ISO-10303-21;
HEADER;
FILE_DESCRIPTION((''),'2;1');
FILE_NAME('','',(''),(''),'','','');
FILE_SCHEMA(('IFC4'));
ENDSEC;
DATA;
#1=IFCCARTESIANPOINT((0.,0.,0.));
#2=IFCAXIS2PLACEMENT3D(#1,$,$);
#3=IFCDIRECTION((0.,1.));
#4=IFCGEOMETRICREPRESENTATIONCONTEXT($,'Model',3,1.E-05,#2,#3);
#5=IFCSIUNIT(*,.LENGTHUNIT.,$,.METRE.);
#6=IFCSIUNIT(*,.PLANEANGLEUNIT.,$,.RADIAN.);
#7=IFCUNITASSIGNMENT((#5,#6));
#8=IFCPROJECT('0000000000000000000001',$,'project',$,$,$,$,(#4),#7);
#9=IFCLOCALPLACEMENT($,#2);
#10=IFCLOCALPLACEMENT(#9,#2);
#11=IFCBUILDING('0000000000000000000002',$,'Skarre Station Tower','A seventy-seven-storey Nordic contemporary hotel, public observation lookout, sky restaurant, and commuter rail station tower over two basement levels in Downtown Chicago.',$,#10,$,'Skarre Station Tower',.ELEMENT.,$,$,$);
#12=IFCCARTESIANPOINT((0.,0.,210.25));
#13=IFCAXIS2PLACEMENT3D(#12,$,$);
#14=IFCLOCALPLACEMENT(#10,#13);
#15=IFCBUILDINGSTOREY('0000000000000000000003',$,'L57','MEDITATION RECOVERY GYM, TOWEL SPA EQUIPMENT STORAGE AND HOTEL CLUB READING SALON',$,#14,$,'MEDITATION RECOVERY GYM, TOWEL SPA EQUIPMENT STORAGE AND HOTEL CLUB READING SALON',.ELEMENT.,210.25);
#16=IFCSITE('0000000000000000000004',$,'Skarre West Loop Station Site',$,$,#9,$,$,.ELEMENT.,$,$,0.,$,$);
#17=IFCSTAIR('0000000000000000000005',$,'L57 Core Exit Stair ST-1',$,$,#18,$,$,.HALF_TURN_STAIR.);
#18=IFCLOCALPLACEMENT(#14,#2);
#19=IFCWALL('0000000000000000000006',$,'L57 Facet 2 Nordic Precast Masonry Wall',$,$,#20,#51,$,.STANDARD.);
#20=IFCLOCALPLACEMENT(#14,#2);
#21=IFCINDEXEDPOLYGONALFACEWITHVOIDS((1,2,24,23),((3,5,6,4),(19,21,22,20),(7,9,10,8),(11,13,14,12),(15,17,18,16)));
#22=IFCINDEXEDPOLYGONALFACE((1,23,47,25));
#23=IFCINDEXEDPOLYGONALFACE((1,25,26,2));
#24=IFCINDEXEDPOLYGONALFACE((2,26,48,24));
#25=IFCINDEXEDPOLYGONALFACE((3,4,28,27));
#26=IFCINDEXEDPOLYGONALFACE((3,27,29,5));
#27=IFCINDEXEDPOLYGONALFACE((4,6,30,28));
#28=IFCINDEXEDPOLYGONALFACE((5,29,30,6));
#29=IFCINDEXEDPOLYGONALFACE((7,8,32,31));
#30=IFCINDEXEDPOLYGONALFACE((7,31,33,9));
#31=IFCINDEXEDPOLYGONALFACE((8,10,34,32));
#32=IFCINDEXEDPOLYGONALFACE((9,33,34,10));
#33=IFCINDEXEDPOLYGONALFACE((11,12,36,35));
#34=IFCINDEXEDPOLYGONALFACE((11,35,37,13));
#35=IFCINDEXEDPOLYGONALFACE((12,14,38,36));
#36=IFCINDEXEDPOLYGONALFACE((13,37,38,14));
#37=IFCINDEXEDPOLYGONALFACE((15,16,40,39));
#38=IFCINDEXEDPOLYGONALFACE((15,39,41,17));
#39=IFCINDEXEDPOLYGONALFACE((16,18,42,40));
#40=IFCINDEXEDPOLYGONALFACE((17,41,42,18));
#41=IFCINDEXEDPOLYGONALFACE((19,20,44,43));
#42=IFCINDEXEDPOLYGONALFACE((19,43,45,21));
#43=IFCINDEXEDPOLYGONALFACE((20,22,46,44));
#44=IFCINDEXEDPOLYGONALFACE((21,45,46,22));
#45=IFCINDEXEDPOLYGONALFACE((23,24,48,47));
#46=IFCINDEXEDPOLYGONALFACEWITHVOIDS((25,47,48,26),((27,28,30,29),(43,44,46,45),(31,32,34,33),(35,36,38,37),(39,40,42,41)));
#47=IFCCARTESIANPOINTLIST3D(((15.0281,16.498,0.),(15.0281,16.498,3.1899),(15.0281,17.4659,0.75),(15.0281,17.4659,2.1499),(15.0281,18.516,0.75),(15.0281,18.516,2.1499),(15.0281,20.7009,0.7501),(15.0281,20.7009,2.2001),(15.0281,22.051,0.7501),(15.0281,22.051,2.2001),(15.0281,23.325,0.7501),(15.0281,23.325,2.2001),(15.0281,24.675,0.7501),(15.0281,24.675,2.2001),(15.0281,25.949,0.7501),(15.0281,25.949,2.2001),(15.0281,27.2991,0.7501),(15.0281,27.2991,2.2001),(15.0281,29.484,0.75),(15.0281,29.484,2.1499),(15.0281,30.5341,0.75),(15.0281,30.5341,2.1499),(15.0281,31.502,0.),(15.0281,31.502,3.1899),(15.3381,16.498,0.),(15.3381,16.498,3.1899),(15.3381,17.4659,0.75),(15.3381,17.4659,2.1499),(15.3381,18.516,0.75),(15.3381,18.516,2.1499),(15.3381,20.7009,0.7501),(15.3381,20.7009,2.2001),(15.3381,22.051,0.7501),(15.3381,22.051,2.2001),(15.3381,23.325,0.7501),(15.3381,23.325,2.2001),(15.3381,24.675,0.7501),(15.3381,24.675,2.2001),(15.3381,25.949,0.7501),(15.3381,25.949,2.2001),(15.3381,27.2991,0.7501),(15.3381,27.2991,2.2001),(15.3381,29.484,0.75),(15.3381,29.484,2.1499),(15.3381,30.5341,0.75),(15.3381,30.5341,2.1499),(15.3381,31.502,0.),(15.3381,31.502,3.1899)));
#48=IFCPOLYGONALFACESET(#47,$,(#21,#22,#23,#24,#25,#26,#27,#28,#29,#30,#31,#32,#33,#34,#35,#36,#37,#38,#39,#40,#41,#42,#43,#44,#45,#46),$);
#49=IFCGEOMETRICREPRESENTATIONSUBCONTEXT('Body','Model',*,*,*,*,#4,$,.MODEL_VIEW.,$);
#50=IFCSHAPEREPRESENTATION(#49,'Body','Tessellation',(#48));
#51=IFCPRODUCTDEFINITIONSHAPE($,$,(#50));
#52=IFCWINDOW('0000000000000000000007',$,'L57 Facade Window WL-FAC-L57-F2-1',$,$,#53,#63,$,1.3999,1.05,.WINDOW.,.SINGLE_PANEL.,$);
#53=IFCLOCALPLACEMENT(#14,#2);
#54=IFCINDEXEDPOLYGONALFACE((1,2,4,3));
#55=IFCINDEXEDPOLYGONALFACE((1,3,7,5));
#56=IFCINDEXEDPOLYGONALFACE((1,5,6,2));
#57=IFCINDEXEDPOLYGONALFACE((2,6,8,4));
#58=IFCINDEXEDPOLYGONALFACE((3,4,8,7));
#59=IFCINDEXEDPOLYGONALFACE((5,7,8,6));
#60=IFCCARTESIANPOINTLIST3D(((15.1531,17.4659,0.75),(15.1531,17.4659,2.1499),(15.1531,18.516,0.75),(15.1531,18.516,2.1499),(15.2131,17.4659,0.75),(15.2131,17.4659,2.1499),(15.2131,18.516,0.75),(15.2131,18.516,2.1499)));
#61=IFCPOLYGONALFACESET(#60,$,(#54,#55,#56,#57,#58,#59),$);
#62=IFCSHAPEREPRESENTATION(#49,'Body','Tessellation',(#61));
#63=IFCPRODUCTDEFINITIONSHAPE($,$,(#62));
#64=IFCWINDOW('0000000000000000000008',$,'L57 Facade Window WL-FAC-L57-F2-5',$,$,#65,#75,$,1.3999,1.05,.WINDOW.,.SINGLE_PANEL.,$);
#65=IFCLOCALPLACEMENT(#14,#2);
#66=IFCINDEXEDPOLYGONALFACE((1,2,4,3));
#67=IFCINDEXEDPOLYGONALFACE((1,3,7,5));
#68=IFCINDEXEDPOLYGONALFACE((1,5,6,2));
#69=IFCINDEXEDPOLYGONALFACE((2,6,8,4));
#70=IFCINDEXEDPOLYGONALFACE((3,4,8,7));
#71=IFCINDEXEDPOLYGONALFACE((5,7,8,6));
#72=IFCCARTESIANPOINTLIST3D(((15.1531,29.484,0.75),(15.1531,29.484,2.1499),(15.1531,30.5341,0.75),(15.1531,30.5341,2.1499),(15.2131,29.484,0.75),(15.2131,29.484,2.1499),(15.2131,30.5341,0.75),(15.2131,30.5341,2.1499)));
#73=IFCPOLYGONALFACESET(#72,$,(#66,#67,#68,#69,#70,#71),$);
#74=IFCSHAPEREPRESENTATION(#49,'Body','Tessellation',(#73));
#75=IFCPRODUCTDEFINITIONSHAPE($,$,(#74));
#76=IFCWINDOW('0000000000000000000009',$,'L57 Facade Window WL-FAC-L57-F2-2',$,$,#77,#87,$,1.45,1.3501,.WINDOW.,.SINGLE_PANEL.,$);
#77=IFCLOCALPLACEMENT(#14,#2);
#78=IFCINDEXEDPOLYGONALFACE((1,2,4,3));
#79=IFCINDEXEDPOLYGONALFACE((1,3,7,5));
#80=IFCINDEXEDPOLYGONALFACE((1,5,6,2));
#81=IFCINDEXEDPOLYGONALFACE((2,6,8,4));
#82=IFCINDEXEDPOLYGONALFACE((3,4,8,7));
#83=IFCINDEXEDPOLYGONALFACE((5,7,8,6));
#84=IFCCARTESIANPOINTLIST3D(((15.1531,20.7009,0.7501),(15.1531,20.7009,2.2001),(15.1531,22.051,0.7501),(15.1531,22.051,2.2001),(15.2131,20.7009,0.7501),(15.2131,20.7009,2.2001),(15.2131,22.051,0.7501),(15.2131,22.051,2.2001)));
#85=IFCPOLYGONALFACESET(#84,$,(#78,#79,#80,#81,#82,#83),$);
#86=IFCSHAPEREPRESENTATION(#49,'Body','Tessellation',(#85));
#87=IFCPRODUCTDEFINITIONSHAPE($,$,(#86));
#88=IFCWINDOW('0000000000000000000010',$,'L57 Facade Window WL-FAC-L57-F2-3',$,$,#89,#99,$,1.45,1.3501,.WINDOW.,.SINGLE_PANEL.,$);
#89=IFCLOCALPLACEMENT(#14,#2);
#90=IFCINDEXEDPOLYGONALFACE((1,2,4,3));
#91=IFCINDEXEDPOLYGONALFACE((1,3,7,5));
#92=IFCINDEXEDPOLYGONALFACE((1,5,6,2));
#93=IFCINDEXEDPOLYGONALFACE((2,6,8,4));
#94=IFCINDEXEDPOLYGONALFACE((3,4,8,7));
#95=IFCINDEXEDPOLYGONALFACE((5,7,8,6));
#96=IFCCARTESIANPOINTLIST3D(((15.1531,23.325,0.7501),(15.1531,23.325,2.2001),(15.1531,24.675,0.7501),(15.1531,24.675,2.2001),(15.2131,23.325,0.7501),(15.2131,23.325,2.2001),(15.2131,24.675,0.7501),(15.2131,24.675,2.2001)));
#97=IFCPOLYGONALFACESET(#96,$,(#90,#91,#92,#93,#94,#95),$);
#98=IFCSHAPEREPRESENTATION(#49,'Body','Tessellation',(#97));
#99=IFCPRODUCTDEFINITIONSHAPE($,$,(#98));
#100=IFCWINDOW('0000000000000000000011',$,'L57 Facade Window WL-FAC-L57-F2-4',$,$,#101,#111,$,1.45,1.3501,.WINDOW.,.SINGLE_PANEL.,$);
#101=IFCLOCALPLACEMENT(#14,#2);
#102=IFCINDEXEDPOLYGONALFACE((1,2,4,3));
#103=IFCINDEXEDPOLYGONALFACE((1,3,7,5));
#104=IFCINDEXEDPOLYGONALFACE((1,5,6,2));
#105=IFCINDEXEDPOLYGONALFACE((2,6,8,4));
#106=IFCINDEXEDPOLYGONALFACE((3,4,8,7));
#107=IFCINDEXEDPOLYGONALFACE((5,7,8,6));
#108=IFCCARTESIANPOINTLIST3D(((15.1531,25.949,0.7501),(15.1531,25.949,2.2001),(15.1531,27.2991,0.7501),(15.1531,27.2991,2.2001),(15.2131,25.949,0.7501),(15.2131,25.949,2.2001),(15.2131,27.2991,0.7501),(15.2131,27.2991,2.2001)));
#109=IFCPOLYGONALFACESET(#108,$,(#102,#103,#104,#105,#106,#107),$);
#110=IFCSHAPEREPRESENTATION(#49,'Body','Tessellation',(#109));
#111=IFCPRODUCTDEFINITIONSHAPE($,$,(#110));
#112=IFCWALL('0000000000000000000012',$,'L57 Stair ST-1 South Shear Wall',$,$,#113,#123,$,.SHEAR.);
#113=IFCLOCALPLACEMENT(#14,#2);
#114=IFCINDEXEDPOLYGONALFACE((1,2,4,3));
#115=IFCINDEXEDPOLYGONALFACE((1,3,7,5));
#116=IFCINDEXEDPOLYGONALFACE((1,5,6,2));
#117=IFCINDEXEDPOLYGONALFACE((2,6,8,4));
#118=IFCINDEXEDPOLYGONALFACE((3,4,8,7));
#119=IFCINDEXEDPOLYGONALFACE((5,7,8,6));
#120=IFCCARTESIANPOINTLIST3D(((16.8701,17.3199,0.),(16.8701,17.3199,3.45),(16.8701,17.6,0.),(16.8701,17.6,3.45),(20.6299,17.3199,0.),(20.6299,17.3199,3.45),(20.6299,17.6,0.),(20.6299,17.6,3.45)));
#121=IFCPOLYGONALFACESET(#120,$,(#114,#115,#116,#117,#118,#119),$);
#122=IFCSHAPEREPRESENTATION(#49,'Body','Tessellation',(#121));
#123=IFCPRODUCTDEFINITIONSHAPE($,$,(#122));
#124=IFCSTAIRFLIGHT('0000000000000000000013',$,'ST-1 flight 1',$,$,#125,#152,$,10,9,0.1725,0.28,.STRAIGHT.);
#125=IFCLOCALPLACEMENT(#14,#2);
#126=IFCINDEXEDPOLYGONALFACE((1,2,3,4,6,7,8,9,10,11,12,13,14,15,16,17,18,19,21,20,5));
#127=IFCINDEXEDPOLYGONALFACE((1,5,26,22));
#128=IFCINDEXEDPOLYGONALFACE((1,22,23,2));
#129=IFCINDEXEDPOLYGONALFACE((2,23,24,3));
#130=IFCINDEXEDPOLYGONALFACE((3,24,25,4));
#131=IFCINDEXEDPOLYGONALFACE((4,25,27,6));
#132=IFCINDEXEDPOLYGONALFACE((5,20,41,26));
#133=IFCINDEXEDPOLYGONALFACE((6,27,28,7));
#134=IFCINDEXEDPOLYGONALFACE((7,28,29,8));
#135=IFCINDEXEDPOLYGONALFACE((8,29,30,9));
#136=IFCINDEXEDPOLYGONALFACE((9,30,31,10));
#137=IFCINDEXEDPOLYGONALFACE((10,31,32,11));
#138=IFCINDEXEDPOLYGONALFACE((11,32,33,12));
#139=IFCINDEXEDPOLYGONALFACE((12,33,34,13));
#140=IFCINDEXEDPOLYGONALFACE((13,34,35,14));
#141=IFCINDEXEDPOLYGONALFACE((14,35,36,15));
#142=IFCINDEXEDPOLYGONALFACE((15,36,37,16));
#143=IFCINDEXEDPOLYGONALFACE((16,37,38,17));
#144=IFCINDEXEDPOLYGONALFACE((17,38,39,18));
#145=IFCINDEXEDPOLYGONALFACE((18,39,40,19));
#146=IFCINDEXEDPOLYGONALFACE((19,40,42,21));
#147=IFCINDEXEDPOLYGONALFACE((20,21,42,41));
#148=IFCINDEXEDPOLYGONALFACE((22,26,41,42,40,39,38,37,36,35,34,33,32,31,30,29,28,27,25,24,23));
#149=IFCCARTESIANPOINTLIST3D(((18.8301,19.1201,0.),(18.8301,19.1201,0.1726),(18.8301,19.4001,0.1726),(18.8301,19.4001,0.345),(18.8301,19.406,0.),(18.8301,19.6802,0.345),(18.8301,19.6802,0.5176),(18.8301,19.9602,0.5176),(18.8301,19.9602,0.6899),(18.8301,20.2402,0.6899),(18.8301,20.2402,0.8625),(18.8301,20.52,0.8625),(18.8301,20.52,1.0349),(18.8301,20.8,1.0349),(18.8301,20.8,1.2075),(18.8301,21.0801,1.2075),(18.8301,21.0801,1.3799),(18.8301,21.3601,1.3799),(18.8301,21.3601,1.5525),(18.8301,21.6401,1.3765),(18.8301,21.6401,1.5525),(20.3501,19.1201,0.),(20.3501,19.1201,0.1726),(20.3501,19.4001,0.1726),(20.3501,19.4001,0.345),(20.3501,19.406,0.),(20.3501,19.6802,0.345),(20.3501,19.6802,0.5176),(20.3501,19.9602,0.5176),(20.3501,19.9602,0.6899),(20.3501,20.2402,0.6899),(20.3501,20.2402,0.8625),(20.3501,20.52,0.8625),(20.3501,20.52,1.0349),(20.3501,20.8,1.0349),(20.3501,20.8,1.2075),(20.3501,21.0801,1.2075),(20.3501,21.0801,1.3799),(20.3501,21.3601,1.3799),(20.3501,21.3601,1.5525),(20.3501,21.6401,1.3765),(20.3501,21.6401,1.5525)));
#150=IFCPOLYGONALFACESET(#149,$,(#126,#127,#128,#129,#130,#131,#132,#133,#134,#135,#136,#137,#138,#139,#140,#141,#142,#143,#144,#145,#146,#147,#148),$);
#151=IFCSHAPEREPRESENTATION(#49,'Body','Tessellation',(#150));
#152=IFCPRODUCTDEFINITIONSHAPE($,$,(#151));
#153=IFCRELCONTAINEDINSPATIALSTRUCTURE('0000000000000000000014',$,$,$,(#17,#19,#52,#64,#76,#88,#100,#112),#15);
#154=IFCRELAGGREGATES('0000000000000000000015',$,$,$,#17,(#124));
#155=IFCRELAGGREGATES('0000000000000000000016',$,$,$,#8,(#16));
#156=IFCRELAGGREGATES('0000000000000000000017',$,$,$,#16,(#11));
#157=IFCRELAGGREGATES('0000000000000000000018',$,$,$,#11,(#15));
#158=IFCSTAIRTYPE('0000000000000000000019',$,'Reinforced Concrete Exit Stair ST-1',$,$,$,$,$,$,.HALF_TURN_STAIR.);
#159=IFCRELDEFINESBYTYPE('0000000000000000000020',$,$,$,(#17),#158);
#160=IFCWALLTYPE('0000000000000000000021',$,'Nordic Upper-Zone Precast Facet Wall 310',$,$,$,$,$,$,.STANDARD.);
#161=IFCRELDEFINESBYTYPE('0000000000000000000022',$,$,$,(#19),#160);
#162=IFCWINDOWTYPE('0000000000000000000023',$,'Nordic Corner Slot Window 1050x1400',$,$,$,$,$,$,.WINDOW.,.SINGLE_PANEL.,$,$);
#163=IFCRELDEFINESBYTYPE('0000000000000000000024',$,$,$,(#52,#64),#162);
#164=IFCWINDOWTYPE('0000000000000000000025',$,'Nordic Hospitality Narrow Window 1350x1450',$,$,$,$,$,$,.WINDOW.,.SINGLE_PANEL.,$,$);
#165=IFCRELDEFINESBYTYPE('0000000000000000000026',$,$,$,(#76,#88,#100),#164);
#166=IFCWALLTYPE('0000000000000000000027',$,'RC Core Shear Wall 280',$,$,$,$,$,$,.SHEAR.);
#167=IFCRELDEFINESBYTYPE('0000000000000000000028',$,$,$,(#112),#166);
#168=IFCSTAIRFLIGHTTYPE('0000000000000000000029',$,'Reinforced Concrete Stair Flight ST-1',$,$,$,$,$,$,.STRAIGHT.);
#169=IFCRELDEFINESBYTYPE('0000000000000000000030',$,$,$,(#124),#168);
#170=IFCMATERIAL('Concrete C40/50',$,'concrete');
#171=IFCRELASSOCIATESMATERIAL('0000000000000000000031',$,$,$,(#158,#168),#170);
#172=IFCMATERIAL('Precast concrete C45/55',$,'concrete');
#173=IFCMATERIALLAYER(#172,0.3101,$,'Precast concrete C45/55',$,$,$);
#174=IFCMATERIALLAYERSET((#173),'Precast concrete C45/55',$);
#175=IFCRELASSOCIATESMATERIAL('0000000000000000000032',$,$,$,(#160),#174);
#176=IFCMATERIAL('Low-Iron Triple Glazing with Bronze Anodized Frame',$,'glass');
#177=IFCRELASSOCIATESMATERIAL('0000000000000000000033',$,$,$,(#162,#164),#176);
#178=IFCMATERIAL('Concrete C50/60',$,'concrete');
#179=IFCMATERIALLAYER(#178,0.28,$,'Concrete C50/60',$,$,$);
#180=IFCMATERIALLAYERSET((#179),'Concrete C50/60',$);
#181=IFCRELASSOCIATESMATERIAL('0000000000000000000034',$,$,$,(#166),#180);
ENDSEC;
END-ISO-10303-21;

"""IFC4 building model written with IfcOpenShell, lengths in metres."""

from ifc_helpers import new_model, si_unit, direction, frame, frame_2d, origin, place, context, subcontext, project, spatial, polyline, rectangle, outline, extrude, material, layer, layer_set, type_object, element, fill, aggregate, save


model = new_model("IFC4")

# Units and contexts
model_context = context("Model", 3, precision=1e-05, world=origin(), true_north=direction((0.0, 1.0)))
body_context = subcontext(model_context, "Body", "Model", "MODEL_VIEW")
ifc_project = project(units=[si_unit("LENGTHUNIT", "METRE"), si_unit("PLANEANGLEUNIT", "RADIAN")], contexts=[model_context])

# Site, building, storey
site_placement = place(None, origin())
site = spatial("IfcSite", under=ifc_project, at=site_placement, Name="Skarre West Loop Station Site", CompositionType="ELEMENT", RefElevation=0.0)
building_placement = place(site_placement, origin())
building = spatial("IfcBuilding", under=site, at=building_placement, Name="Skarre Station Tower", Description="A seventy-seven-storey Nordic contemporary hotel, public observation lookout, sky restaurant, and commuter rail station tower over two basement levels in Downtown Chicago.", LongName="Skarre Station Tower", CompositionType="ELEMENT")
storey_placement = place(building_placement, frame((0.0, 0.0, 210.25)))
storey = spatial("IfcBuildingStorey", under=building, at=storey_placement, Name="L57", Description="MEDITATION RECOVERY GYM, TOWEL SPA EQUIPMENT STORAGE AND HOTEL CLUB READING SALON", LongName="MEDITATION RECOVERY GYM, TOWEL SPA EQUIPMENT STORAGE AND HOTEL CLUB READING SALON", CompositionType="ELEMENT", Elevation=210.25)

# Shared definitions
ifc_material_1 = material(Name="Concrete C50/60", Category="concrete")

# Stair
ifc_material_2 = material(Name="Concrete C40/50", Category="concrete")
stair_type_1 = type_object("IfcStairType", Name="Reinforced Concrete Exit Stair ST-1", PredefinedType="HALF_TURN_STAIR", material=ifc_material_2)
stair_1_placement = place(storey_placement, origin())
stair_1 = element("IfcStair", 1, at=stair_1_placement, inside=storey, type_object=stair_type_1, Name="L57 Core Exit Stair ST-1", PredefinedType="HALF_TURN_STAIR")

# Shared definitions
ifc_material_3 = material(Name="Precast concrete C45/55", Category="concrete")

# Wall, openings, windows
ifc_layer_1 = layer(ifc_material_3, 0.3101, Name="Precast concrete C45/55")
ifc_layer_set_1 = layer_set([ifc_layer_1], Name="Precast concrete C45/55")
wall_type_1 = type_object("IfcWallType", Name="Nordic Upper-Zone Precast Facet Wall 310", PredefinedType="STANDARD", material=ifc_layer_set_1)
wall_1_placement = place(storey_placement, frame((15.1831, 16.498, 0.0), z_axis=(0.0, 0.0, 1.0), x_axis=(0.0, 1.0, 0.0)))
wall_1 = element("IfcWall", 2, at=wall_1_placement, inside=storey, type_object=wall_type_1, Name="L57 Facet 2 Nordic Precast Masonry Wall", PredefinedType="STANDARD", context=body_context, shape_type="SweptSolid", body=[
    extrude(rectangle(XDim=15.0039, YDim=0.3101, at=frame_2d((7.502, 0.0))), origin(), (0.0, 0.0, 1.0), 3.1899),
])
opening_1_placement = place(wall_1_placement, frame((0.968, 0.0, 0.75)))
opening_1 = element("IfcOpeningElement", 3, at=opening_1_placement, cuts=wall_1, PredefinedType="OPENING", context=body_context, shape_type="SweptSolid", body=[
    extrude(rectangle(XDim=1.05, YDim=1.3999, at=frame_2d((0.5249, 0.7))), frame((0.0, 0.165, 0.0), z_axis=(0.0, -1.0, 0.0), x_axis=(1.0, 0.0, 0.0)), (0.0, 0.0, 1.0), 0.3301),
])
opening_2_placement = place(wall_1_placement, frame((4.2029, 0.0, 0.75)))
opening_2 = element("IfcOpeningElement", 4, at=opening_2_placement, cuts=wall_1, PredefinedType="OPENING", context=body_context, shape_type="SweptSolid", body=[
    extrude(rectangle(XDim=1.3501, YDim=1.45, at=frame_2d((0.675, 0.7251))), frame((0.0, 0.165, 0.0), z_axis=(0.0, -1.0, 0.0), x_axis=(1.0, 0.0, 0.0)), (0.0, 0.0, 1.0), 0.3301),
])
opening_3_placement = place(wall_1_placement, frame((6.8269, 0.0, 0.75)))
opening_3 = element("IfcOpeningElement", 5, at=opening_3_placement, cuts=wall_1, PredefinedType="OPENING", context=body_context, shape_type="SweptSolid", body=[
    extrude(rectangle(XDim=1.3501, YDim=1.45, at=frame_2d((0.675, 0.7251))), frame((0.0, 0.165, 0.0), z_axis=(0.0, -1.0, 0.0), x_axis=(1.0, 0.0, 0.0)), (0.0, 0.0, 1.0), 0.3301),
])
opening_4_placement = place(wall_1_placement, frame((9.4509, 0.0, 0.75)))
opening_4 = element("IfcOpeningElement", 6, at=opening_4_placement, cuts=wall_1, PredefinedType="OPENING", context=body_context, shape_type="SweptSolid", body=[
    extrude(rectangle(XDim=1.3501, YDim=1.45, at=frame_2d((0.675, 0.7251))), frame((0.0, 0.165, 0.0), z_axis=(0.0, -1.0, 0.0), x_axis=(1.0, 0.0, 0.0)), (0.0, 0.0, 1.0), 0.3301),
])
opening_5_placement = place(wall_1_placement, frame((12.9861, 0.0, 0.75)))
opening_5 = element("IfcOpeningElement", 7, at=opening_5_placement, cuts=wall_1, PredefinedType="OPENING", context=body_context, shape_type="SweptSolid", body=[
    extrude(rectangle(XDim=1.05, YDim=1.3999, at=frame_2d((0.5249, 0.7))), frame((0.0, 0.165, 0.0), z_axis=(0.0, -1.0, 0.0), x_axis=(1.0, 0.0, 0.0)), (0.0, 0.0, 1.0), 0.3301),
])
ifc_material_4 = material(Name="Low-Iron Triple Glazing with Bronze Anodized Frame", Category="glass")
window_type_1 = type_object("IfcWindowType", Name="Nordic Corner Slot Window 1050x1400", PartitioningType="SINGLE_PANEL", PredefinedType="WINDOW", material=ifc_material_4)
window_1_placement = place(opening_1_placement, origin())
window_1 = element("IfcWindow", 8, at=window_1_placement, inside=storey, type_object=window_type_1, Name="L57 Facade Window WL-FAC-L57-F2-1", OverallHeight=1.3999, OverallWidth=1.05, PartitioningType="SINGLE_PANEL", PredefinedType="WINDOW", context=body_context, shape_type="SweptSolid", body=[
    extrude(rectangle(XDim=1.05, YDim=1.3999, at=frame_2d((0.5249, 0.7))), frame((0.0, 0.03, 0.0), z_axis=(0.0, -1.0, 0.0), x_axis=(1.0, 0.0, 0.0)), (0.0, 0.0, 1.0), 0.0601),
])
fill(opening_1, window_1)
window_2_placement = place(opening_5_placement, origin())
window_2 = element("IfcWindow", 9, at=window_2_placement, inside=storey, type_object=window_type_1, Name="L57 Facade Window WL-FAC-L57-F2-5", OverallHeight=1.3999, OverallWidth=1.05, PartitioningType="SINGLE_PANEL", PredefinedType="WINDOW", context=body_context, shape_type="SweptSolid", body=[
    extrude(rectangle(XDim=1.05, YDim=1.3999, at=frame_2d((0.5249, 0.7))), frame((0.0, 0.03, 0.0), z_axis=(0.0, -1.0, 0.0), x_axis=(1.0, 0.0, 0.0)), (0.0, 0.0, 1.0), 0.0601),
])
fill(opening_5, window_2)
window_type_2 = type_object("IfcWindowType", Name="Nordic Hospitality Narrow Window 1350x1450", PartitioningType="SINGLE_PANEL", PredefinedType="WINDOW", material=ifc_material_4)
window_3_placement = place(opening_2_placement, origin())
window_3 = element("IfcWindow", 10, at=window_3_placement, inside=storey, type_object=window_type_2, Name="L57 Facade Window WL-FAC-L57-F2-2", OverallHeight=1.45, OverallWidth=1.3501, PartitioningType="SINGLE_PANEL", PredefinedType="WINDOW", context=body_context, shape_type="SweptSolid", body=[
    extrude(rectangle(XDim=1.3501, YDim=1.45, at=frame_2d((0.675, 0.7251))), frame((0.0, 0.03, 0.0), z_axis=(0.0, -1.0, 0.0), x_axis=(1.0, 0.0, 0.0)), (0.0, 0.0, 1.0), 0.0601),
])
fill(opening_2, window_3)
window_4_placement = place(opening_3_placement, origin())
window_4 = element("IfcWindow", 11, at=window_4_placement, inside=storey, type_object=window_type_2, Name="L57 Facade Window WL-FAC-L57-F2-3", OverallHeight=1.45, OverallWidth=1.3501, PartitioningType="SINGLE_PANEL", PredefinedType="WINDOW", context=body_context, shape_type="SweptSolid", body=[
    extrude(rectangle(XDim=1.3501, YDim=1.45, at=frame_2d((0.675, 0.7251))), frame((0.0, 0.03, 0.0), z_axis=(0.0, -1.0, 0.0), x_axis=(1.0, 0.0, 0.0)), (0.0, 0.0, 1.0), 0.0601),
])
fill(opening_3, window_4)
window_5_placement = place(opening_4_placement, origin())
window_5 = element("IfcWindow", 12, at=window_5_placement, inside=storey, type_object=window_type_2, Name="L57 Facade Window WL-FAC-L57-F2-4", OverallHeight=1.45, OverallWidth=1.3501, PartitioningType="SINGLE_PANEL", PredefinedType="WINDOW", context=body_context, shape_type="SweptSolid", body=[
    extrude(rectangle(XDim=1.3501, YDim=1.45, at=frame_2d((0.675, 0.7251))), frame((0.0, 0.03, 0.0), z_axis=(0.0, -1.0, 0.0), x_axis=(1.0, 0.0, 0.0)), (0.0, 0.0, 1.0), 0.0601),
])
fill(opening_4, window_5)

# Wall
ifc_layer_2 = layer(ifc_material_1, 0.28, Name="Concrete C50/60")
ifc_layer_set_2 = layer_set([ifc_layer_2], Name="Concrete C50/60")
wall_type_2 = type_object("IfcWallType", Name="RC Core Shear Wall 280", PredefinedType="SHEAR", material=ifc_layer_set_2)
wall_2_placement = place(storey_placement, frame((16.8701, 17.46, 0.0), z_axis=(0.0, 0.0, 1.0), x_axis=(1.0, 0.0, 0.0)))
element("IfcWall", 13, at=wall_2_placement, inside=storey, type_object=wall_type_2, Name="L57 Stair ST-1 South Shear Wall", PredefinedType="SHEAR", context=body_context, shape_type="SweptSolid", body=[
    extrude(rectangle(XDim=3.7598, YDim=0.28, at=frame_2d((1.8799, 0.0))), origin(), (0.0, 0.0, 1.0), 3.45),
])

# Stair flight
stair_flight_type = type_object("IfcStairFlightType", Name="Reinforced Concrete Stair Flight ST-1", PredefinedType="STRAIGHT", material=ifc_material_2)
stair_flight_placement = place(storey_placement, frame((19.5901, 19.1201, 0.0), z_axis=(0.0, 0.0, 1.0), x_axis=(0.0, 1.0, 0.0)))
stair_flight = element("IfcStairFlight", 14, at=stair_flight_placement, type_object=stair_flight_type, Name="ST-1 flight 1", NumberOfRisers=10, NumberOfTreads=9, PredefinedType="STRAIGHT", RiserHeight=0.1725, TreadLength=0.28, context=body_context, shape_type="SweptSolid", body=[
    extrude(outline(polyline([(0.0, 0.0), (0.0, 0.1726), (0.28, 0.1726), (0.28, 0.345), (0.5601, 0.345), (0.5601, 0.5176), (0.8401, 0.5176), (0.8401, 0.6899), (1.1201, 0.6899), (1.1201, 0.8625), (1.3999, 0.8625), (1.3999, 1.0349), (1.6799, 1.0349), (1.6799, 1.2075), (1.96, 1.2075), (1.96, 1.3799), (2.24, 1.3799), (2.24, 1.5525), (2.52, 1.5525), (2.52, 1.7251), (2.52, 1.3765), (0.2859, 0.0), (0.0, 0.0)])), frame((0.0, 0.76, 0.0), z_axis=(0.0, -1.0, 0.0), x_axis=(1.0, 0.0, 0.0)), (0.0, 0.0, 1.0), 1.52),
])
aggregate(stair_1, [stair_flight])

save(model, "model.ifc")
